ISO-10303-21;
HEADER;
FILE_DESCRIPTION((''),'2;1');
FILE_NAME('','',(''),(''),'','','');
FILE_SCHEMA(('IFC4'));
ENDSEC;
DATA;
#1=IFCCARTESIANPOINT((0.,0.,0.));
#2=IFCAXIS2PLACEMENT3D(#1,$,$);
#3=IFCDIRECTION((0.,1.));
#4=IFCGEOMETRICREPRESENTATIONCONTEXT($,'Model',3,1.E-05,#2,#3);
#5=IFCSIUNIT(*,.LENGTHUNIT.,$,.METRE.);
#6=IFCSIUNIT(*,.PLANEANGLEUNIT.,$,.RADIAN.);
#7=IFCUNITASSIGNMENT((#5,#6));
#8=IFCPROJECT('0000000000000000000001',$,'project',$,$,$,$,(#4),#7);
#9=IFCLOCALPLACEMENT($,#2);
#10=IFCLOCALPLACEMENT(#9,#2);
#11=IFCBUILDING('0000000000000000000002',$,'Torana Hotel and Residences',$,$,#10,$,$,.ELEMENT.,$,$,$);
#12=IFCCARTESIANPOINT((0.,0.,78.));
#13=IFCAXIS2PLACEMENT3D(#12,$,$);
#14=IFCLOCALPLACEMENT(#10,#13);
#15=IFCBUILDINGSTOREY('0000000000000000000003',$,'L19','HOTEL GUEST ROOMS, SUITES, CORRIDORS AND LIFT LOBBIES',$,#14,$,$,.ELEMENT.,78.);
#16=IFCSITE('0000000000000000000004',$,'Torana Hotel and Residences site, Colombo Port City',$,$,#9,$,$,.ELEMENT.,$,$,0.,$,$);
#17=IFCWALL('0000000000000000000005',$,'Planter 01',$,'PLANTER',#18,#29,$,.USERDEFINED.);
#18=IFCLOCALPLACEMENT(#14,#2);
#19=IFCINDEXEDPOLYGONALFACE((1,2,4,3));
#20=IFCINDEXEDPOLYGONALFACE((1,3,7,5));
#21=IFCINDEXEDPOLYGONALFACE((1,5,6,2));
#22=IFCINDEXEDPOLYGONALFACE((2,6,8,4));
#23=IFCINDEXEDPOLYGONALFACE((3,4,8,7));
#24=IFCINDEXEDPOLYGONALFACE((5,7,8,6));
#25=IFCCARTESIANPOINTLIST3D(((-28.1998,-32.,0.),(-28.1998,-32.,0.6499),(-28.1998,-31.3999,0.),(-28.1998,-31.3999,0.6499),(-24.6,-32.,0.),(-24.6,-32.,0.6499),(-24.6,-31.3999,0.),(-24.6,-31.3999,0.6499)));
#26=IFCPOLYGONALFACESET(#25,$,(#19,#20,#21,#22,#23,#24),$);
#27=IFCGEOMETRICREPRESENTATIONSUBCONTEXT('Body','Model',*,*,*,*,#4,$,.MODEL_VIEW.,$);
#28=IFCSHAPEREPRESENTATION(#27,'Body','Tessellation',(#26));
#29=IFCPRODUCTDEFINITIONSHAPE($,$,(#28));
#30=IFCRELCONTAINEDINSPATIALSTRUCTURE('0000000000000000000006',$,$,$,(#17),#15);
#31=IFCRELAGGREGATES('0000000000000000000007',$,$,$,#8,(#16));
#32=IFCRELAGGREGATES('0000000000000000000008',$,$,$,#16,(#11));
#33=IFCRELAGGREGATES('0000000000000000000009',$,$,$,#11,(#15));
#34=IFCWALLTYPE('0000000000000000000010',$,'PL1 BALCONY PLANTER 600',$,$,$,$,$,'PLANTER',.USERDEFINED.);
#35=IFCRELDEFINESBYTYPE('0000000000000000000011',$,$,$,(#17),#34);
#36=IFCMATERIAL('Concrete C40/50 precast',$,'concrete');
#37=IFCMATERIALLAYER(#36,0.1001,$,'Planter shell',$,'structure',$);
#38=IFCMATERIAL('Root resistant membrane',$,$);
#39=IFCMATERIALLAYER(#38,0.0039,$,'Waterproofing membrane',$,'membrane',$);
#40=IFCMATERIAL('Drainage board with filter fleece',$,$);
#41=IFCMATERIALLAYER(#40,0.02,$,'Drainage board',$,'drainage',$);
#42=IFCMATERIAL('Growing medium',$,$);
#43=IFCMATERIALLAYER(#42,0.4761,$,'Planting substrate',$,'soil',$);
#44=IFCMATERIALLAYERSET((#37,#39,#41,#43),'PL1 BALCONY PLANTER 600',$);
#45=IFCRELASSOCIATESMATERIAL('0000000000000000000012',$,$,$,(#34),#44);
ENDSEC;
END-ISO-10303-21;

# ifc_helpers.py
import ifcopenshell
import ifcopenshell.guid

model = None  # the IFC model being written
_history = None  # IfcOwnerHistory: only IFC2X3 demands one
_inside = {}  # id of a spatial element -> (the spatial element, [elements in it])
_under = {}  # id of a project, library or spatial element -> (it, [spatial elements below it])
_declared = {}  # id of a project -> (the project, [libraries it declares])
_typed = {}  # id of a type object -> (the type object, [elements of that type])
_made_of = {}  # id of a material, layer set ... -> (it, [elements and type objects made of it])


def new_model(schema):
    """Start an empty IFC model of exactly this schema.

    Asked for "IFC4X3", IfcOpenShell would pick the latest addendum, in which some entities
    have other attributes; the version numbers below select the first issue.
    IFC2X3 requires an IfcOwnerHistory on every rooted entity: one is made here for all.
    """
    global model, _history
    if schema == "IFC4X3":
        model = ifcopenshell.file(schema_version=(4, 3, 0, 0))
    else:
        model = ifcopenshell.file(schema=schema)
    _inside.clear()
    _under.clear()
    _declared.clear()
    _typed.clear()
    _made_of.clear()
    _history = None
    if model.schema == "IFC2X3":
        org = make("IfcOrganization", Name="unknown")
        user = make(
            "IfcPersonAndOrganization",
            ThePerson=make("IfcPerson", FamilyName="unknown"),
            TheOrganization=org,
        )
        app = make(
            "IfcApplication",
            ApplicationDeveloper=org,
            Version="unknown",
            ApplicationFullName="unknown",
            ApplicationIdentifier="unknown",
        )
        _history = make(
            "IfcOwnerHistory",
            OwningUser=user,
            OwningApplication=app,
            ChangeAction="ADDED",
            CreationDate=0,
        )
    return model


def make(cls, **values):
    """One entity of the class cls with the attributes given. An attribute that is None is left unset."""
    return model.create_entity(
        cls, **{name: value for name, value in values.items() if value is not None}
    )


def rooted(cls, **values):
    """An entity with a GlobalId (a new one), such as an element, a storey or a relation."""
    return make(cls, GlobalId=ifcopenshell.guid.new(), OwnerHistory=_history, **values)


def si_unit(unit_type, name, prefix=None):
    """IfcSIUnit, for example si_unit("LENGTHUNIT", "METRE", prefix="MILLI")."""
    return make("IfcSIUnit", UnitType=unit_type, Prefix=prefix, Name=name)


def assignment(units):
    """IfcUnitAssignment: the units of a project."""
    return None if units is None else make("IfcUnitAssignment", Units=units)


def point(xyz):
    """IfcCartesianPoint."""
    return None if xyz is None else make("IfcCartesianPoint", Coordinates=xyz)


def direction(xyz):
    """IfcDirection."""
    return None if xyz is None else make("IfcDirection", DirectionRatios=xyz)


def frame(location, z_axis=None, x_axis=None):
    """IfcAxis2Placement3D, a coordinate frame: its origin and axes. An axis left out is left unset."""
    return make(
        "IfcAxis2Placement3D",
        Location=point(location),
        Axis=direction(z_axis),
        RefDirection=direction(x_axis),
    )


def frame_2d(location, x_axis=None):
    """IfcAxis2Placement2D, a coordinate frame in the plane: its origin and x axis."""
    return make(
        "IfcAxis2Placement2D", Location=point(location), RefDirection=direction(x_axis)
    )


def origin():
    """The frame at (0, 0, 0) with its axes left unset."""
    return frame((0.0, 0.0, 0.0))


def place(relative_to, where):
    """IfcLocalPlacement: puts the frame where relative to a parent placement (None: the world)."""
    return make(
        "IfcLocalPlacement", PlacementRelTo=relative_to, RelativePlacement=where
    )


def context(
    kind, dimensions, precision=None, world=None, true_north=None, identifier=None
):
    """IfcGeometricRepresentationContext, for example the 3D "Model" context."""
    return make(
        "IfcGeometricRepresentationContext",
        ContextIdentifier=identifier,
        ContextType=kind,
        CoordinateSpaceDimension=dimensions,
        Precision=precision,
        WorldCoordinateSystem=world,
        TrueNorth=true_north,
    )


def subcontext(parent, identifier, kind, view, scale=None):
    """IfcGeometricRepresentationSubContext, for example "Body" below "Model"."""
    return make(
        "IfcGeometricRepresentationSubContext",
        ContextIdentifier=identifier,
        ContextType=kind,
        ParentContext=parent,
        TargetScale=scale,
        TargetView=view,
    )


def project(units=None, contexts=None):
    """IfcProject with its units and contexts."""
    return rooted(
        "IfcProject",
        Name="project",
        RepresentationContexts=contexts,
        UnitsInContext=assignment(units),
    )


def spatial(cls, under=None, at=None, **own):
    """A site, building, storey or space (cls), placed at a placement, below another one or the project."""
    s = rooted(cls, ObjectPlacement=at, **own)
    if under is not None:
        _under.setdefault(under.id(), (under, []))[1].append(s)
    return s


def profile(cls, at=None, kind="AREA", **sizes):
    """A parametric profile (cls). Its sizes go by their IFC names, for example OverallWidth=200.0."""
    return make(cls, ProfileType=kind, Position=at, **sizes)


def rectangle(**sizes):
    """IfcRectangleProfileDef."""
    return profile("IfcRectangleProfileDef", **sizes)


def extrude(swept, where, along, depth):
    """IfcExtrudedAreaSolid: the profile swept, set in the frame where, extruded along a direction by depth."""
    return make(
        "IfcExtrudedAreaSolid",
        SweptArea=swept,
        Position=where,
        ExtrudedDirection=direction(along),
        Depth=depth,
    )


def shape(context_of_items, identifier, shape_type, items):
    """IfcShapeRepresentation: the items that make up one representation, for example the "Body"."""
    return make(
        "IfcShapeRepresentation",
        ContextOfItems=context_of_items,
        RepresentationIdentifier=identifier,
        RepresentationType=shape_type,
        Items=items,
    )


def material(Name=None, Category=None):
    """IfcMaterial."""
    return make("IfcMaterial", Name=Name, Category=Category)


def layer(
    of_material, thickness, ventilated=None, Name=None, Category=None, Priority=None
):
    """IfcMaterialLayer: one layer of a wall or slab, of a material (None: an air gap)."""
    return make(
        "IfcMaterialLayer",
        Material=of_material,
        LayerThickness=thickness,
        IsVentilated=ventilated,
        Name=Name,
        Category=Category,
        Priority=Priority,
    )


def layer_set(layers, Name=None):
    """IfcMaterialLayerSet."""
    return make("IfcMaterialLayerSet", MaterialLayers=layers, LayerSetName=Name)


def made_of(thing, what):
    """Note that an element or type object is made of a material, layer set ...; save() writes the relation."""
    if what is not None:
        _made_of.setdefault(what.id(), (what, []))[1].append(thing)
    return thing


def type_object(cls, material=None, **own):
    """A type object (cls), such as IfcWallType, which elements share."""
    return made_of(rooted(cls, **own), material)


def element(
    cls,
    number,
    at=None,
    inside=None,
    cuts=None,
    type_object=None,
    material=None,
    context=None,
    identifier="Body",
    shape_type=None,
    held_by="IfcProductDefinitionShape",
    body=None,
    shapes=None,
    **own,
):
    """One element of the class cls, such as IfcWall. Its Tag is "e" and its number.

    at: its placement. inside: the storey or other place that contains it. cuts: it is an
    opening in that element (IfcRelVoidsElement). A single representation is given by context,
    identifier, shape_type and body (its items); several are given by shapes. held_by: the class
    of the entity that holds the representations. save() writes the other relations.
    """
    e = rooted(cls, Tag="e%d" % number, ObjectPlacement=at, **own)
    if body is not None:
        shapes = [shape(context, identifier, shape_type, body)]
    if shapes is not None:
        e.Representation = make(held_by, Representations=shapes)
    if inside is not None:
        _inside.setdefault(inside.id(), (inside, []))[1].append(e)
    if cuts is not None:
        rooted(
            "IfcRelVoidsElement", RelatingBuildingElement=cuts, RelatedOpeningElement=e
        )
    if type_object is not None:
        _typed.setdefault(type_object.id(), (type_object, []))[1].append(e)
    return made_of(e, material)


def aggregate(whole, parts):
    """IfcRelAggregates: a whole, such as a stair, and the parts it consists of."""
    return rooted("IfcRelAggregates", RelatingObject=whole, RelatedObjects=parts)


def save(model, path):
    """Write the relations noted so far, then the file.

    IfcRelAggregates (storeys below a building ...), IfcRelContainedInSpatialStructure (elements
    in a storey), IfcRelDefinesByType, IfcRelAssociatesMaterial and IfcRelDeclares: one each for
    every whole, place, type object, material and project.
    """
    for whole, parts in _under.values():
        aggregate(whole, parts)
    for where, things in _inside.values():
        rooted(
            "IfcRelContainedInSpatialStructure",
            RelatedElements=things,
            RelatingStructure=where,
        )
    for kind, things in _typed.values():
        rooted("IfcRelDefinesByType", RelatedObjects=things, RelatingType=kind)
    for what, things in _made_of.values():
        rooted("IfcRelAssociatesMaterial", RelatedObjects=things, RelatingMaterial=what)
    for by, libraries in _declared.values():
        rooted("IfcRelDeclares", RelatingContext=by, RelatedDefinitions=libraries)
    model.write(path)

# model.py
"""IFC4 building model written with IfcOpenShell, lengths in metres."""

from ifc_helpers import new_model, si_unit, direction, frame, frame_2d, origin, place, context, subcontext, project, spatial, rectangle, extrude, material, layer, layer_set, type_object, element, save


model = new_model("IFC4")

# Units and contexts
model_context = context("Model", 3, precision=1e-05, world=origin(), true_north=direction((0.0, 1.0)))
body_context = subcontext(model_context, "Body", "Model", "MODEL_VIEW")
ifc_project = project(units=[si_unit("LENGTHUNIT", "METRE"), si_unit("PLANEANGLEUNIT", "RADIAN")], contexts=[model_context])

# Site, building, storey
site_placement = place(None, origin())
site = spatial("IfcSite", under=ifc_project, at=site_placement, Name="Torana Hotel and Residences site, Colombo Port City", CompositionType="ELEMENT", RefElevation=0.0)
building_placement = place(site_placement, origin())
building = spatial("IfcBuilding", under=site, at=building_placement, Name="Torana Hotel and Residences", CompositionType="ELEMENT")
storey_placement = place(building_placement, frame((0.0, 0.0, 78.0)))
storey = spatial("IfcBuildingStorey", under=building, at=storey_placement, Name="L19", Description="HOTEL GUEST ROOMS, SUITES, CORRIDORS AND LIFT LOBBIES", CompositionType="ELEMENT", Elevation=78.0)

# Wall
ifc_material_1 = material(Name="Concrete C40/50 precast", Category="concrete")
ifc_layer_1 = layer(ifc_material_1, 0.1001, Name="Planter shell", Category="structure")
ifc_material_2 = material(Name="Root resistant membrane")
ifc_layer_2 = layer(ifc_material_2, 0.0039, Name="Waterproofing membrane", Category="membrane")
ifc_material_3 = material(Name="Drainage board with filter fleece")
ifc_layer_3 = layer(ifc_material_3, 0.02, Name="Drainage board", Category="drainage")
ifc_material_4 = material(Name="Growing medium")
ifc_layer_4 = layer(ifc_material_4, 0.4761, Name="Planting substrate", Category="soil")
ifc_layer_set_1 = layer_set([ifc_layer_1, ifc_layer_2, ifc_layer_3, ifc_layer_4], Name="PL1 BALCONY PLANTER 600")
wall_type_1 = type_object("IfcWallType", Name="PL1 BALCONY PLANTER 600", ElementType="PLANTER", PredefinedType="USERDEFINED", material=ifc_layer_set_1)
wall_1_placement = place(storey_placement, frame((-24.6001, -31.7, 0.0), z_axis=(0.0, 0.0, 1.0), x_axis=(-1.0, 0.0, 0.0)))
element("IfcWall", 1, at=wall_1_placement, inside=storey, type_object=wall_type_1, Name="Planter 01", ObjectType="PLANTER", PredefinedType="USERDEFINED", context=body_context, shape_type="SweptSolid", body=[
    extrude(rectangle(XDim=3.5999, YDim=0.6001, at=frame_2d((1.7998, 0.0))), origin(), (0.0, 0.0, 1.0), 0.6499),
])

save(model, "model.ifc")
